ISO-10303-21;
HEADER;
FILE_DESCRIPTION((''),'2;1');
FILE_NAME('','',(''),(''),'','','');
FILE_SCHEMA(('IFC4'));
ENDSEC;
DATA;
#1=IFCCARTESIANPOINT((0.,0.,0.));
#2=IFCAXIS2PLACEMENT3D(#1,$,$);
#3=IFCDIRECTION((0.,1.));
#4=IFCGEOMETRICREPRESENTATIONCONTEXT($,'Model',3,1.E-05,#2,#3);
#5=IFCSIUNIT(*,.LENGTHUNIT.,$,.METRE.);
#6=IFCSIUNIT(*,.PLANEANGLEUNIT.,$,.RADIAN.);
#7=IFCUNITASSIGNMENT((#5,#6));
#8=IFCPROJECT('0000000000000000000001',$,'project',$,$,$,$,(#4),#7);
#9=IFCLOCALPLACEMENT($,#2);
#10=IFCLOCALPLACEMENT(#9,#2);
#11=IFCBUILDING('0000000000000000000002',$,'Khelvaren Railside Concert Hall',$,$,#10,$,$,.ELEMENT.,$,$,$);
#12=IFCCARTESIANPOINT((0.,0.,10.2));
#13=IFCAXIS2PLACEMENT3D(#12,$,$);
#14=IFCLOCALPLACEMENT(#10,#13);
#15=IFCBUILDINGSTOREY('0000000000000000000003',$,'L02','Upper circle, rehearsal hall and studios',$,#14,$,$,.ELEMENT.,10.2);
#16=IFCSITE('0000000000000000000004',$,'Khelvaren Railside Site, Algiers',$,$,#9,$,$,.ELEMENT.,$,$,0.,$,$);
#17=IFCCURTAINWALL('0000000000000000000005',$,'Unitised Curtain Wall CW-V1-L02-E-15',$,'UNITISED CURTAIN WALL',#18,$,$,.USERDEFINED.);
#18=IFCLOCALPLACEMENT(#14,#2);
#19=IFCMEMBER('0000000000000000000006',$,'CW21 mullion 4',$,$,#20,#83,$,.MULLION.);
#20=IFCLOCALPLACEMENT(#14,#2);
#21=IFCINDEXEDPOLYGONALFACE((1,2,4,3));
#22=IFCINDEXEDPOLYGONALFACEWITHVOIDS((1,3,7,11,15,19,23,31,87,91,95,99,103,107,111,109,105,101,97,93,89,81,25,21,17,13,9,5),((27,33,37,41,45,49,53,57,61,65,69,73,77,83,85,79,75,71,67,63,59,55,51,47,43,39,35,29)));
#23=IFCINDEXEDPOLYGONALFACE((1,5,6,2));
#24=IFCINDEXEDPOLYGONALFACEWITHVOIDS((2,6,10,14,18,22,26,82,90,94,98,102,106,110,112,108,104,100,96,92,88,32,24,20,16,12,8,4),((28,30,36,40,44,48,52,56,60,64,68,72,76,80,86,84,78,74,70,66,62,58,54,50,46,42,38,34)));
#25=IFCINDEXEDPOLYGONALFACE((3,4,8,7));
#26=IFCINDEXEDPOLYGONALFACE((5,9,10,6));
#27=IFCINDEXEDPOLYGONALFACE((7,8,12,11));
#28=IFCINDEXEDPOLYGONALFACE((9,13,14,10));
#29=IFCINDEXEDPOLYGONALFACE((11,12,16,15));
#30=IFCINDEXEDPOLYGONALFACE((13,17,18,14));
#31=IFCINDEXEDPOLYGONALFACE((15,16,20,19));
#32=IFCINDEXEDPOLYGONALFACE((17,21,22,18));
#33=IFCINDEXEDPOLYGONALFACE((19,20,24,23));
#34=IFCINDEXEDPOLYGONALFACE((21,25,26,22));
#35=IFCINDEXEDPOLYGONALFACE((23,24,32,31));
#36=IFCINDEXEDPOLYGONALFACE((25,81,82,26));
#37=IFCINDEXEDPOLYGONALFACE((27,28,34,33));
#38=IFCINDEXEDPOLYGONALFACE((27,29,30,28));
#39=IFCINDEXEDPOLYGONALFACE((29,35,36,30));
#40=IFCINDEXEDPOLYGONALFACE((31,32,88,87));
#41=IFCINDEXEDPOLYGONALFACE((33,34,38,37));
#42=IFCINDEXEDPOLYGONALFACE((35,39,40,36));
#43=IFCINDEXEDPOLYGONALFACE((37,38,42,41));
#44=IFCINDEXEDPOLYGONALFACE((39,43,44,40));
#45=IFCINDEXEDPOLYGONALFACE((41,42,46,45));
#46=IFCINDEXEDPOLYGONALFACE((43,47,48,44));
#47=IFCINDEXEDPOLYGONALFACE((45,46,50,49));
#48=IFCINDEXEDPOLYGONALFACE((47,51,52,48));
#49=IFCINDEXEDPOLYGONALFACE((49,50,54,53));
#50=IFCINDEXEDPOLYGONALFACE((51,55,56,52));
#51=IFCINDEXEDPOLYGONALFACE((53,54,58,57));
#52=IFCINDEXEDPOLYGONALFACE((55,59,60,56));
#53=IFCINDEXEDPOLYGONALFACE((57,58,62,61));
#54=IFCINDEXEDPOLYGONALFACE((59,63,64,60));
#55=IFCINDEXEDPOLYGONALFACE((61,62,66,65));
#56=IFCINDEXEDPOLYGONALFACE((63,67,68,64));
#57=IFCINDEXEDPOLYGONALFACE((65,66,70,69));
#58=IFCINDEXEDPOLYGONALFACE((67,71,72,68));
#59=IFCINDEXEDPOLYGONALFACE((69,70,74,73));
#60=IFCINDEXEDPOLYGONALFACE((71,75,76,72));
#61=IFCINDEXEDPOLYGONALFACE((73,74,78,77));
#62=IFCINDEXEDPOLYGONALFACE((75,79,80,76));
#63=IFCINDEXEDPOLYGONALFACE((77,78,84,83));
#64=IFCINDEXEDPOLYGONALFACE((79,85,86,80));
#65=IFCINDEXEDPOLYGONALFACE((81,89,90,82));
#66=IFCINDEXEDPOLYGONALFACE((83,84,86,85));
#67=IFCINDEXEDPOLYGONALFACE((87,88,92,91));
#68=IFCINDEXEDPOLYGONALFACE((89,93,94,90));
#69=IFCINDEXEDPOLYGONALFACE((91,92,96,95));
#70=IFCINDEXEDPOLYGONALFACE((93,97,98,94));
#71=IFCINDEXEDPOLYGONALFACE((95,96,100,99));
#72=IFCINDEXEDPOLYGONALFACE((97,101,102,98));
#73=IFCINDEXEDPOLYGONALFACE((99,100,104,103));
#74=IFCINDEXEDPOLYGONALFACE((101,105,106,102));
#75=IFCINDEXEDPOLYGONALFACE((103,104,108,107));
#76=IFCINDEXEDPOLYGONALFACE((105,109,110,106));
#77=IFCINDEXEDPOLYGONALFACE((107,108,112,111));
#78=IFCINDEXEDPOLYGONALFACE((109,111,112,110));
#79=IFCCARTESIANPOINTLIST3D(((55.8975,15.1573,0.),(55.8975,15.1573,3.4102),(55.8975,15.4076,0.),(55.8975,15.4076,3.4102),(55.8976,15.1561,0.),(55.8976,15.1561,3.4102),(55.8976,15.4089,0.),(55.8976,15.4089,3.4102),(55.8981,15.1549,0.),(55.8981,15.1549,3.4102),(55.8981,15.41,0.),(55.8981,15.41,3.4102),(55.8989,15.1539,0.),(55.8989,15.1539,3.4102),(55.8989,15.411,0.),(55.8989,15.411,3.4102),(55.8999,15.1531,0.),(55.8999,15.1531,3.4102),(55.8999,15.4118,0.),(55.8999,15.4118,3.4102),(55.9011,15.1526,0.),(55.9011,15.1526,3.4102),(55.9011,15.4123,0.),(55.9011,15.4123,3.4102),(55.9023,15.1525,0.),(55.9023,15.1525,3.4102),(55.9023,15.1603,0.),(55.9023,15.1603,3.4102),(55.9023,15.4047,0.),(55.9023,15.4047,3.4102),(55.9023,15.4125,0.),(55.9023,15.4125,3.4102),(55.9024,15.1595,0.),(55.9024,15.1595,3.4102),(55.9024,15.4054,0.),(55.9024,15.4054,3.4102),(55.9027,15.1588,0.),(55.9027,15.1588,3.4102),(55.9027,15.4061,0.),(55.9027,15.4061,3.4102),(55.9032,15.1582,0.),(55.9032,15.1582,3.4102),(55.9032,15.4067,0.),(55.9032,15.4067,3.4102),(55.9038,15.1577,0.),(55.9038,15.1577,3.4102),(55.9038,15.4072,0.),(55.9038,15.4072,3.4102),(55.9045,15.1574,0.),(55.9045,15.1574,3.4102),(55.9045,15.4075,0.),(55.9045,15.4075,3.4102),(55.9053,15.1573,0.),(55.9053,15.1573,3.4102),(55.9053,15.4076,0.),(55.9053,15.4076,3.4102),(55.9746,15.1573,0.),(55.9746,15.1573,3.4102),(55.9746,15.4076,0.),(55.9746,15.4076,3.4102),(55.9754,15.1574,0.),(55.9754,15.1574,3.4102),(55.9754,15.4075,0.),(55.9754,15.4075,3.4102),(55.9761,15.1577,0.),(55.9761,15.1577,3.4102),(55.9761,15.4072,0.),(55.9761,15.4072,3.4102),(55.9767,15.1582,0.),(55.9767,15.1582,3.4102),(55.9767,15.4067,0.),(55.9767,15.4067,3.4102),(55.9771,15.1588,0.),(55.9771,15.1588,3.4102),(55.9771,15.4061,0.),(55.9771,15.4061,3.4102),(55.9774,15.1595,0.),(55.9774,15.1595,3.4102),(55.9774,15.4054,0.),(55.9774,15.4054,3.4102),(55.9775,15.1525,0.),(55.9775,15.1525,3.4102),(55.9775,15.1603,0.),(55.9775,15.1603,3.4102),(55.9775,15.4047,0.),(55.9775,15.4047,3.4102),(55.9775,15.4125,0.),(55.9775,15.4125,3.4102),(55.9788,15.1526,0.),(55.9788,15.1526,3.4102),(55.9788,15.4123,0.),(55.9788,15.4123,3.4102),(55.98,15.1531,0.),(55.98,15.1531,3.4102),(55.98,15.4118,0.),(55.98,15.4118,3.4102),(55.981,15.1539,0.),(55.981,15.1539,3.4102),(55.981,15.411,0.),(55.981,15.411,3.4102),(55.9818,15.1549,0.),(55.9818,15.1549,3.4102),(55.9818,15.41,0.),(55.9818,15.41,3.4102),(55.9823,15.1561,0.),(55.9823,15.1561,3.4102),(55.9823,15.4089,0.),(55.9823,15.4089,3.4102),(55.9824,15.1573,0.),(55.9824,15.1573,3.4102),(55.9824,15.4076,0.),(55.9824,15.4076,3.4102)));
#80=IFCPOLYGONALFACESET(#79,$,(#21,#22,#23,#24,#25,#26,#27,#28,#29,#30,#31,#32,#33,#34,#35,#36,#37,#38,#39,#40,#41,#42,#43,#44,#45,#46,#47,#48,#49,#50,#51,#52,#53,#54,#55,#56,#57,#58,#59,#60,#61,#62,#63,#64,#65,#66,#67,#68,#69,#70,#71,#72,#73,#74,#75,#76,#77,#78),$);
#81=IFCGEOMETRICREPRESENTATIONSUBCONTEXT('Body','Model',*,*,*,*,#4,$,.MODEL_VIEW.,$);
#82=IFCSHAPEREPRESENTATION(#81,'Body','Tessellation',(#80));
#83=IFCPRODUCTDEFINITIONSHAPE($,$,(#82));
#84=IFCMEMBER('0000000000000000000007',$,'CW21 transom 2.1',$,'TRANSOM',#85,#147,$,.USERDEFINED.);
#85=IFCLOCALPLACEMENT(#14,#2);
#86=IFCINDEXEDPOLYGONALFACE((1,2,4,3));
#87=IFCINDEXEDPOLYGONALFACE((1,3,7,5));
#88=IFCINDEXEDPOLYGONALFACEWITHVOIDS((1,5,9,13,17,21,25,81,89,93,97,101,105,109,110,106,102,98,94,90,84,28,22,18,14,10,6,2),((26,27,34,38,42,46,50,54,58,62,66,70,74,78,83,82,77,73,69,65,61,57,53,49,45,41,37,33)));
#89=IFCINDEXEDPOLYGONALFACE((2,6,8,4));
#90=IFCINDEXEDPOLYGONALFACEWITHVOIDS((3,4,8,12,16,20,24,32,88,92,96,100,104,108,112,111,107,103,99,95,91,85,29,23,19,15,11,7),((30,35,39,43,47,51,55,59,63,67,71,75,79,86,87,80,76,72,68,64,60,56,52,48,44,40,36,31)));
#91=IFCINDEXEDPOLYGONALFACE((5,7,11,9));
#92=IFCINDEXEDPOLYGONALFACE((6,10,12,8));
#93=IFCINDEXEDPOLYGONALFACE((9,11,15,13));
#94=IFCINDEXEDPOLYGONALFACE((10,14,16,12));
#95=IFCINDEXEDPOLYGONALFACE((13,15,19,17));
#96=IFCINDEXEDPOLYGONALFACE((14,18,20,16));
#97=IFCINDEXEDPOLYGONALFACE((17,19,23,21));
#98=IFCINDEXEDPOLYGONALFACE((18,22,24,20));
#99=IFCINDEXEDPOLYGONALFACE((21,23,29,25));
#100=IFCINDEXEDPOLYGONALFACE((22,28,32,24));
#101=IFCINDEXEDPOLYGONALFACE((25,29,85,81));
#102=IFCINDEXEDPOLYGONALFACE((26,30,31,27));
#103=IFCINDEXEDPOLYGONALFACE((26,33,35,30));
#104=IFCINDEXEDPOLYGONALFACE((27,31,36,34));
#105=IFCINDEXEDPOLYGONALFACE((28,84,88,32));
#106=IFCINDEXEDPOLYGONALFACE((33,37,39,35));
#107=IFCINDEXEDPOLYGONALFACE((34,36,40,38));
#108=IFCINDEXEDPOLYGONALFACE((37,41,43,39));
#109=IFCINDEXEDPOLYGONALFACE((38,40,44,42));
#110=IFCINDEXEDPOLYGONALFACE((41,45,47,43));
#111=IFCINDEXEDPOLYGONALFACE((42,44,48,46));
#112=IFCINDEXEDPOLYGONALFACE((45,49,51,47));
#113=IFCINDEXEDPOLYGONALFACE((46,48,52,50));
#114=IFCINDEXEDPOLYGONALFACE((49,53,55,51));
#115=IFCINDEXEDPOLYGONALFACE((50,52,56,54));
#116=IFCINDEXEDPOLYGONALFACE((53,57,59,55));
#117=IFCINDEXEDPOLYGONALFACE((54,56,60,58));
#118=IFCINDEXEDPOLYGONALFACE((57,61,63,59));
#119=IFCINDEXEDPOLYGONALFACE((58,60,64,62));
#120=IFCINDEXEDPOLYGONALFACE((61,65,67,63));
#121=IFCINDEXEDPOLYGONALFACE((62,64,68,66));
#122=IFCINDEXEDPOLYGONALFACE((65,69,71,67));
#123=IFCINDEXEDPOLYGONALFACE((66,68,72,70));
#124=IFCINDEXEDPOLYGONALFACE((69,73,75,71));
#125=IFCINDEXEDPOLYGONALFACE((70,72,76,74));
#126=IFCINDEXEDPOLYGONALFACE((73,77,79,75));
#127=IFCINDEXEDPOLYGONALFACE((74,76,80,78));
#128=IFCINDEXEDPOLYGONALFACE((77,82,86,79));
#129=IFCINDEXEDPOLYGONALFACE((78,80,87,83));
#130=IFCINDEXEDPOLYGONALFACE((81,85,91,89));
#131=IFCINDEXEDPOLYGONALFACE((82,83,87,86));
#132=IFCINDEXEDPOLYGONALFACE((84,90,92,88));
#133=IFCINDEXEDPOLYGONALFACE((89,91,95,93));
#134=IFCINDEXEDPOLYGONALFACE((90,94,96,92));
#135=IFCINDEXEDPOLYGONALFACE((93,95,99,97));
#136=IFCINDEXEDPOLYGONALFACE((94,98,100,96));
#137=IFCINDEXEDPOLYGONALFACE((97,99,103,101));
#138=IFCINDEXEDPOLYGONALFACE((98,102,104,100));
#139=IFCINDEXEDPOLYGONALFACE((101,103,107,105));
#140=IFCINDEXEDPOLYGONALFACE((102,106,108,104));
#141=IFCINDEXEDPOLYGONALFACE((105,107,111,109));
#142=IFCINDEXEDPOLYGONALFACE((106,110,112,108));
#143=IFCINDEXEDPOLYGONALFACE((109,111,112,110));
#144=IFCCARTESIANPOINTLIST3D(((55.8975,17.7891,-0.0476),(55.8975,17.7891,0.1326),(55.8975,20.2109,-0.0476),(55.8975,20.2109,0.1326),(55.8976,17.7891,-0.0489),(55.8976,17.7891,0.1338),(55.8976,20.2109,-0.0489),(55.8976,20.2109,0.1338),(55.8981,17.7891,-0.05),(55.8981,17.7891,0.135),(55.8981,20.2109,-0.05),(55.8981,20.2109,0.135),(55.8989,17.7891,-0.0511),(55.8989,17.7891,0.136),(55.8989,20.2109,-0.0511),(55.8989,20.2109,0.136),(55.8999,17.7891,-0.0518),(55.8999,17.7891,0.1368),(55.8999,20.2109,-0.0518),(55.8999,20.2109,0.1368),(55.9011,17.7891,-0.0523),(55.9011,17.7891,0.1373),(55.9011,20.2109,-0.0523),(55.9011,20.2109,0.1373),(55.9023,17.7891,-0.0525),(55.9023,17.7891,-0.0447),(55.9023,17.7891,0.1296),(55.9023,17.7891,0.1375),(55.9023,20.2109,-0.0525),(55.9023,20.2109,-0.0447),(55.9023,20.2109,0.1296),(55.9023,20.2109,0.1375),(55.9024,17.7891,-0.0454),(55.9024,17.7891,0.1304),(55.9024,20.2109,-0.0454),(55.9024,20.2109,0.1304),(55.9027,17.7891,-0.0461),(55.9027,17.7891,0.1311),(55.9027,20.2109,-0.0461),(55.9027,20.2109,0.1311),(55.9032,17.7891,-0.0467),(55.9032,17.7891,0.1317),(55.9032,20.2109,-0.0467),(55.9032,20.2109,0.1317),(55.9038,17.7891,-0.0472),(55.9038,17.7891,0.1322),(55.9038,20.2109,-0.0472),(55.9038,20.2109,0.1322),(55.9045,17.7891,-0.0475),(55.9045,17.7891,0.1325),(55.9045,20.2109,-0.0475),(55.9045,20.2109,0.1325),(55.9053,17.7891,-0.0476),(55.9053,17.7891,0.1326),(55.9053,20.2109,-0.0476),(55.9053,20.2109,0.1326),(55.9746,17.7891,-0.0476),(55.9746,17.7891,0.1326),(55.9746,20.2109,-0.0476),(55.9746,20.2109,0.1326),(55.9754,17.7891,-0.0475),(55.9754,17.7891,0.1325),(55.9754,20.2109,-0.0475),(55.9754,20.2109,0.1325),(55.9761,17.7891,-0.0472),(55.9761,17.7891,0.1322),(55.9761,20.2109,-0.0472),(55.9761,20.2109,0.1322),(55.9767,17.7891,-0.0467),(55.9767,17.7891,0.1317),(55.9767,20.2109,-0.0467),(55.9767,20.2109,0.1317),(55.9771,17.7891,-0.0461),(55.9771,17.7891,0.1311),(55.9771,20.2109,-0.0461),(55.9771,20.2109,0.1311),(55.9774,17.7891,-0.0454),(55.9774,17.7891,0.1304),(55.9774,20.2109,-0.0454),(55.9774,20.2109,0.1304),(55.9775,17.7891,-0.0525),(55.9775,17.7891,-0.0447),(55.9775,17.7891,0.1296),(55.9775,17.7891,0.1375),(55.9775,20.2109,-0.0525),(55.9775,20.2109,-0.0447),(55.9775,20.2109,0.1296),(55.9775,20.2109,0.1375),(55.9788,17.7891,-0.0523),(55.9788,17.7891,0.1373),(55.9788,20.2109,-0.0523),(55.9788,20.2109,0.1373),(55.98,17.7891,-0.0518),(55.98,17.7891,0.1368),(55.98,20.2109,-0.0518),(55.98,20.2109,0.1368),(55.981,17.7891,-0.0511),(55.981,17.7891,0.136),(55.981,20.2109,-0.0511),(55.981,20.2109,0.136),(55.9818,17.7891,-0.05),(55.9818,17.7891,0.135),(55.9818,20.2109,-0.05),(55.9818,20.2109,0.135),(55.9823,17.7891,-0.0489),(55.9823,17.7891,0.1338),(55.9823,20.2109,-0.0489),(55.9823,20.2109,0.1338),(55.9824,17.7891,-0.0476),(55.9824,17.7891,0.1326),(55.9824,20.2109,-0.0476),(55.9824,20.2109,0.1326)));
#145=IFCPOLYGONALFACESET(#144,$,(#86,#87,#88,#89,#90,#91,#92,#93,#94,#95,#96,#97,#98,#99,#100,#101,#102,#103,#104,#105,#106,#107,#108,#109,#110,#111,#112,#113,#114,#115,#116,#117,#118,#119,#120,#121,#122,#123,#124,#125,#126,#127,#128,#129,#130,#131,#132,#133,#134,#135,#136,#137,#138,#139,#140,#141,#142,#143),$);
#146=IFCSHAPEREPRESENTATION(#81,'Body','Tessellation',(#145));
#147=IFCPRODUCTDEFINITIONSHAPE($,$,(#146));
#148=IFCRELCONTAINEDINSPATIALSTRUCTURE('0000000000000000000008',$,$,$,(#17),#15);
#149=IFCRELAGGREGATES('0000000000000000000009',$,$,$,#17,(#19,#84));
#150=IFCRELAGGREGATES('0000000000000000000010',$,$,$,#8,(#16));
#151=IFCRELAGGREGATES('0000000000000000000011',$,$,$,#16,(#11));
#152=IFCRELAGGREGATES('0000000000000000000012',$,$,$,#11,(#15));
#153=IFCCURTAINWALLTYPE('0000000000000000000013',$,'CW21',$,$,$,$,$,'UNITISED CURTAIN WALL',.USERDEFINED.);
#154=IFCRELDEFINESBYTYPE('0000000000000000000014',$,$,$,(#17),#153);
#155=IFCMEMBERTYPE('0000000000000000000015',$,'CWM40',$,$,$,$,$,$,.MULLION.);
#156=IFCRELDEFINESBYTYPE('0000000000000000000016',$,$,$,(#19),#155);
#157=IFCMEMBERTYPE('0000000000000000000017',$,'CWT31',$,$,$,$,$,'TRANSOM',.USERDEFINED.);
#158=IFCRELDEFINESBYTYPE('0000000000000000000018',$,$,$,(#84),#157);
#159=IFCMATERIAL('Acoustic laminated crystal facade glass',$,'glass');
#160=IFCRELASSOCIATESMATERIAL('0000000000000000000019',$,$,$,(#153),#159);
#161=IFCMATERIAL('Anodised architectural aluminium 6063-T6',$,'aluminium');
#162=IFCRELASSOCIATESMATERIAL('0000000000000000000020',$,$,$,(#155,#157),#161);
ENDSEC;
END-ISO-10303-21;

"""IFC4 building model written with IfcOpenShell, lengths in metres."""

from ifc_helpers import new_model, si_unit, direction, frame, origin, origin_2d, place, context, subcontext, project, spatial, hollow_rectangle, extrude, material, material_profile, profile_set, type_object, element, aggregate, save


model = new_model("IFC4")

# Units and contexts
model_context = context("Model", 3, precision=1e-05, world=origin(), true_north=direction((0.0, 1.0)))
body_context = subcontext(model_context, "Body", "Model", "MODEL_VIEW")
ifc_project = project(units=[si_unit("LENGTHUNIT", "METRE"), si_unit("PLANEANGLEUNIT", "RADIAN")], contexts=[model_context])

# Site, building, storey
site_placement = place(None, origin())
site = spatial("IfcSite", under=ifc_project, at=site_placement, Name="Khelvaren Railside Site, Algiers", CompositionType="ELEMENT", RefElevation=0.0)
building_placement = place(site_placement, origin())
building = spatial("IfcBuilding", under=site, at=building_placement, Name="Khelvaren Railside Concert Hall", CompositionType="ELEMENT")
storey_placement = place(building_placement, frame((0.0, 0.0, 10.2)))
storey = spatial("IfcBuildingStorey", under=building, at=storey_placement, Name="L02", Description="Upper circle, rehearsal hall and studios", CompositionType="ELEMENT", Elevation=10.2)

# Curtain wall, members
ifc_material_1 = material(Name="Acoustic laminated crystal facade glass", Category="glass")
curtain_wall_type = type_object("IfcCurtainWallType", Name="CW21", ElementType="UNITISED CURTAIN WALL", PredefinedType="USERDEFINED", material=ifc_material_1)
curtain_wall_placement = place(storey_placement, origin())
curtain_wall = element("IfcCurtainWall", 1, at=curtain_wall_placement, inside=storey, type_object=curtain_wall_type, Name="Unitised Curtain Wall CW-V1-L02-E-15", ObjectType="UNITISED CURTAIN WALL", PredefinedType="USERDEFINED")
ifc_material_2 = material(Name="Anodised architectural aluminium 6063-T6", Category="aluminium")
ifc_material_profile_1 = material_profile(ifc_material_2, hollow_rectangle(XDim=0.085, YDim=0.26, WallThickness=0.0049, InnerFilletRadius=0.0029, OuterFilletRadius=0.0049, at=origin_2d()), Name="CWM 85x260x5")
ifc_profile_set_1 = profile_set([ifc_material_profile_1], Name="Anodised architectural aluminium 6063-T6")
member_type_1 = type_object("IfcMemberType", Name="CWM40", PredefinedType="MULLION", material=ifc_profile_set_1)
member_1_placement = place(storey_placement, frame((55.9399, 15.2825, 0.0), z_axis=(0.0, 0.0, 1.0), x_axis=(1.0, 0.0, 0.0)))
member_1 = element("IfcMember", 2, at=member_1_placement, type_object=member_type_1, Name="CW21 mullion 4", PredefinedType="MULLION", context=body_context, shape_type="SweptSolid", body=[
    extrude(hollow_rectangle(XDim=0.085, YDim=0.26, WallThickness=0.0049, InnerFilletRadius=0.0029, OuterFilletRadius=0.0049, at=origin_2d()), origin(), (0.0, 0.0, 1.0), 3.4102),
])
ifc_material_profile_2 = material_profile(ifc_material_2, hollow_rectangle(XDim=0.085, YDim=0.1899, WallThickness=0.0049, InnerFilletRadius=0.0029, OuterFilletRadius=0.0049, at=origin_2d()), Name="CWT 85x190x5")
ifc_profile_set_2 = profile_set([ifc_material_profile_2], Name="Anodised architectural aluminium 6063-T6")
member_type_2 = type_object("IfcMemberType", Name="CWT31", ElementType="TRANSOM", PredefinedType="USERDEFINED", material=ifc_profile_set_2)
member_2_placement = place(storey_placement, frame((55.9399, 20.2109, 0.0425), z_axis=(0.0, -1.0, 0.0), x_axis=(1.0, 0.0, 0.0)))
member_2 = element("IfcMember", 3, at=member_2_placement, type_object=member_type_2, Name="CW21 transom 2.1", ObjectType="TRANSOM", PredefinedType="USERDEFINED", context=body_context, shape_type="SweptSolid", body=[
    extrude(hollow_rectangle(XDim=0.085, YDim=0.1899, WallThickness=0.0049, InnerFilletRadius=0.0029, OuterFilletRadius=0.0049, at=origin_2d()), origin(), (0.0, 0.0, 1.0), 2.4219),
])

aggregate(curtain_wall, [member_1, member_2])

save(model, "model.ifc")
